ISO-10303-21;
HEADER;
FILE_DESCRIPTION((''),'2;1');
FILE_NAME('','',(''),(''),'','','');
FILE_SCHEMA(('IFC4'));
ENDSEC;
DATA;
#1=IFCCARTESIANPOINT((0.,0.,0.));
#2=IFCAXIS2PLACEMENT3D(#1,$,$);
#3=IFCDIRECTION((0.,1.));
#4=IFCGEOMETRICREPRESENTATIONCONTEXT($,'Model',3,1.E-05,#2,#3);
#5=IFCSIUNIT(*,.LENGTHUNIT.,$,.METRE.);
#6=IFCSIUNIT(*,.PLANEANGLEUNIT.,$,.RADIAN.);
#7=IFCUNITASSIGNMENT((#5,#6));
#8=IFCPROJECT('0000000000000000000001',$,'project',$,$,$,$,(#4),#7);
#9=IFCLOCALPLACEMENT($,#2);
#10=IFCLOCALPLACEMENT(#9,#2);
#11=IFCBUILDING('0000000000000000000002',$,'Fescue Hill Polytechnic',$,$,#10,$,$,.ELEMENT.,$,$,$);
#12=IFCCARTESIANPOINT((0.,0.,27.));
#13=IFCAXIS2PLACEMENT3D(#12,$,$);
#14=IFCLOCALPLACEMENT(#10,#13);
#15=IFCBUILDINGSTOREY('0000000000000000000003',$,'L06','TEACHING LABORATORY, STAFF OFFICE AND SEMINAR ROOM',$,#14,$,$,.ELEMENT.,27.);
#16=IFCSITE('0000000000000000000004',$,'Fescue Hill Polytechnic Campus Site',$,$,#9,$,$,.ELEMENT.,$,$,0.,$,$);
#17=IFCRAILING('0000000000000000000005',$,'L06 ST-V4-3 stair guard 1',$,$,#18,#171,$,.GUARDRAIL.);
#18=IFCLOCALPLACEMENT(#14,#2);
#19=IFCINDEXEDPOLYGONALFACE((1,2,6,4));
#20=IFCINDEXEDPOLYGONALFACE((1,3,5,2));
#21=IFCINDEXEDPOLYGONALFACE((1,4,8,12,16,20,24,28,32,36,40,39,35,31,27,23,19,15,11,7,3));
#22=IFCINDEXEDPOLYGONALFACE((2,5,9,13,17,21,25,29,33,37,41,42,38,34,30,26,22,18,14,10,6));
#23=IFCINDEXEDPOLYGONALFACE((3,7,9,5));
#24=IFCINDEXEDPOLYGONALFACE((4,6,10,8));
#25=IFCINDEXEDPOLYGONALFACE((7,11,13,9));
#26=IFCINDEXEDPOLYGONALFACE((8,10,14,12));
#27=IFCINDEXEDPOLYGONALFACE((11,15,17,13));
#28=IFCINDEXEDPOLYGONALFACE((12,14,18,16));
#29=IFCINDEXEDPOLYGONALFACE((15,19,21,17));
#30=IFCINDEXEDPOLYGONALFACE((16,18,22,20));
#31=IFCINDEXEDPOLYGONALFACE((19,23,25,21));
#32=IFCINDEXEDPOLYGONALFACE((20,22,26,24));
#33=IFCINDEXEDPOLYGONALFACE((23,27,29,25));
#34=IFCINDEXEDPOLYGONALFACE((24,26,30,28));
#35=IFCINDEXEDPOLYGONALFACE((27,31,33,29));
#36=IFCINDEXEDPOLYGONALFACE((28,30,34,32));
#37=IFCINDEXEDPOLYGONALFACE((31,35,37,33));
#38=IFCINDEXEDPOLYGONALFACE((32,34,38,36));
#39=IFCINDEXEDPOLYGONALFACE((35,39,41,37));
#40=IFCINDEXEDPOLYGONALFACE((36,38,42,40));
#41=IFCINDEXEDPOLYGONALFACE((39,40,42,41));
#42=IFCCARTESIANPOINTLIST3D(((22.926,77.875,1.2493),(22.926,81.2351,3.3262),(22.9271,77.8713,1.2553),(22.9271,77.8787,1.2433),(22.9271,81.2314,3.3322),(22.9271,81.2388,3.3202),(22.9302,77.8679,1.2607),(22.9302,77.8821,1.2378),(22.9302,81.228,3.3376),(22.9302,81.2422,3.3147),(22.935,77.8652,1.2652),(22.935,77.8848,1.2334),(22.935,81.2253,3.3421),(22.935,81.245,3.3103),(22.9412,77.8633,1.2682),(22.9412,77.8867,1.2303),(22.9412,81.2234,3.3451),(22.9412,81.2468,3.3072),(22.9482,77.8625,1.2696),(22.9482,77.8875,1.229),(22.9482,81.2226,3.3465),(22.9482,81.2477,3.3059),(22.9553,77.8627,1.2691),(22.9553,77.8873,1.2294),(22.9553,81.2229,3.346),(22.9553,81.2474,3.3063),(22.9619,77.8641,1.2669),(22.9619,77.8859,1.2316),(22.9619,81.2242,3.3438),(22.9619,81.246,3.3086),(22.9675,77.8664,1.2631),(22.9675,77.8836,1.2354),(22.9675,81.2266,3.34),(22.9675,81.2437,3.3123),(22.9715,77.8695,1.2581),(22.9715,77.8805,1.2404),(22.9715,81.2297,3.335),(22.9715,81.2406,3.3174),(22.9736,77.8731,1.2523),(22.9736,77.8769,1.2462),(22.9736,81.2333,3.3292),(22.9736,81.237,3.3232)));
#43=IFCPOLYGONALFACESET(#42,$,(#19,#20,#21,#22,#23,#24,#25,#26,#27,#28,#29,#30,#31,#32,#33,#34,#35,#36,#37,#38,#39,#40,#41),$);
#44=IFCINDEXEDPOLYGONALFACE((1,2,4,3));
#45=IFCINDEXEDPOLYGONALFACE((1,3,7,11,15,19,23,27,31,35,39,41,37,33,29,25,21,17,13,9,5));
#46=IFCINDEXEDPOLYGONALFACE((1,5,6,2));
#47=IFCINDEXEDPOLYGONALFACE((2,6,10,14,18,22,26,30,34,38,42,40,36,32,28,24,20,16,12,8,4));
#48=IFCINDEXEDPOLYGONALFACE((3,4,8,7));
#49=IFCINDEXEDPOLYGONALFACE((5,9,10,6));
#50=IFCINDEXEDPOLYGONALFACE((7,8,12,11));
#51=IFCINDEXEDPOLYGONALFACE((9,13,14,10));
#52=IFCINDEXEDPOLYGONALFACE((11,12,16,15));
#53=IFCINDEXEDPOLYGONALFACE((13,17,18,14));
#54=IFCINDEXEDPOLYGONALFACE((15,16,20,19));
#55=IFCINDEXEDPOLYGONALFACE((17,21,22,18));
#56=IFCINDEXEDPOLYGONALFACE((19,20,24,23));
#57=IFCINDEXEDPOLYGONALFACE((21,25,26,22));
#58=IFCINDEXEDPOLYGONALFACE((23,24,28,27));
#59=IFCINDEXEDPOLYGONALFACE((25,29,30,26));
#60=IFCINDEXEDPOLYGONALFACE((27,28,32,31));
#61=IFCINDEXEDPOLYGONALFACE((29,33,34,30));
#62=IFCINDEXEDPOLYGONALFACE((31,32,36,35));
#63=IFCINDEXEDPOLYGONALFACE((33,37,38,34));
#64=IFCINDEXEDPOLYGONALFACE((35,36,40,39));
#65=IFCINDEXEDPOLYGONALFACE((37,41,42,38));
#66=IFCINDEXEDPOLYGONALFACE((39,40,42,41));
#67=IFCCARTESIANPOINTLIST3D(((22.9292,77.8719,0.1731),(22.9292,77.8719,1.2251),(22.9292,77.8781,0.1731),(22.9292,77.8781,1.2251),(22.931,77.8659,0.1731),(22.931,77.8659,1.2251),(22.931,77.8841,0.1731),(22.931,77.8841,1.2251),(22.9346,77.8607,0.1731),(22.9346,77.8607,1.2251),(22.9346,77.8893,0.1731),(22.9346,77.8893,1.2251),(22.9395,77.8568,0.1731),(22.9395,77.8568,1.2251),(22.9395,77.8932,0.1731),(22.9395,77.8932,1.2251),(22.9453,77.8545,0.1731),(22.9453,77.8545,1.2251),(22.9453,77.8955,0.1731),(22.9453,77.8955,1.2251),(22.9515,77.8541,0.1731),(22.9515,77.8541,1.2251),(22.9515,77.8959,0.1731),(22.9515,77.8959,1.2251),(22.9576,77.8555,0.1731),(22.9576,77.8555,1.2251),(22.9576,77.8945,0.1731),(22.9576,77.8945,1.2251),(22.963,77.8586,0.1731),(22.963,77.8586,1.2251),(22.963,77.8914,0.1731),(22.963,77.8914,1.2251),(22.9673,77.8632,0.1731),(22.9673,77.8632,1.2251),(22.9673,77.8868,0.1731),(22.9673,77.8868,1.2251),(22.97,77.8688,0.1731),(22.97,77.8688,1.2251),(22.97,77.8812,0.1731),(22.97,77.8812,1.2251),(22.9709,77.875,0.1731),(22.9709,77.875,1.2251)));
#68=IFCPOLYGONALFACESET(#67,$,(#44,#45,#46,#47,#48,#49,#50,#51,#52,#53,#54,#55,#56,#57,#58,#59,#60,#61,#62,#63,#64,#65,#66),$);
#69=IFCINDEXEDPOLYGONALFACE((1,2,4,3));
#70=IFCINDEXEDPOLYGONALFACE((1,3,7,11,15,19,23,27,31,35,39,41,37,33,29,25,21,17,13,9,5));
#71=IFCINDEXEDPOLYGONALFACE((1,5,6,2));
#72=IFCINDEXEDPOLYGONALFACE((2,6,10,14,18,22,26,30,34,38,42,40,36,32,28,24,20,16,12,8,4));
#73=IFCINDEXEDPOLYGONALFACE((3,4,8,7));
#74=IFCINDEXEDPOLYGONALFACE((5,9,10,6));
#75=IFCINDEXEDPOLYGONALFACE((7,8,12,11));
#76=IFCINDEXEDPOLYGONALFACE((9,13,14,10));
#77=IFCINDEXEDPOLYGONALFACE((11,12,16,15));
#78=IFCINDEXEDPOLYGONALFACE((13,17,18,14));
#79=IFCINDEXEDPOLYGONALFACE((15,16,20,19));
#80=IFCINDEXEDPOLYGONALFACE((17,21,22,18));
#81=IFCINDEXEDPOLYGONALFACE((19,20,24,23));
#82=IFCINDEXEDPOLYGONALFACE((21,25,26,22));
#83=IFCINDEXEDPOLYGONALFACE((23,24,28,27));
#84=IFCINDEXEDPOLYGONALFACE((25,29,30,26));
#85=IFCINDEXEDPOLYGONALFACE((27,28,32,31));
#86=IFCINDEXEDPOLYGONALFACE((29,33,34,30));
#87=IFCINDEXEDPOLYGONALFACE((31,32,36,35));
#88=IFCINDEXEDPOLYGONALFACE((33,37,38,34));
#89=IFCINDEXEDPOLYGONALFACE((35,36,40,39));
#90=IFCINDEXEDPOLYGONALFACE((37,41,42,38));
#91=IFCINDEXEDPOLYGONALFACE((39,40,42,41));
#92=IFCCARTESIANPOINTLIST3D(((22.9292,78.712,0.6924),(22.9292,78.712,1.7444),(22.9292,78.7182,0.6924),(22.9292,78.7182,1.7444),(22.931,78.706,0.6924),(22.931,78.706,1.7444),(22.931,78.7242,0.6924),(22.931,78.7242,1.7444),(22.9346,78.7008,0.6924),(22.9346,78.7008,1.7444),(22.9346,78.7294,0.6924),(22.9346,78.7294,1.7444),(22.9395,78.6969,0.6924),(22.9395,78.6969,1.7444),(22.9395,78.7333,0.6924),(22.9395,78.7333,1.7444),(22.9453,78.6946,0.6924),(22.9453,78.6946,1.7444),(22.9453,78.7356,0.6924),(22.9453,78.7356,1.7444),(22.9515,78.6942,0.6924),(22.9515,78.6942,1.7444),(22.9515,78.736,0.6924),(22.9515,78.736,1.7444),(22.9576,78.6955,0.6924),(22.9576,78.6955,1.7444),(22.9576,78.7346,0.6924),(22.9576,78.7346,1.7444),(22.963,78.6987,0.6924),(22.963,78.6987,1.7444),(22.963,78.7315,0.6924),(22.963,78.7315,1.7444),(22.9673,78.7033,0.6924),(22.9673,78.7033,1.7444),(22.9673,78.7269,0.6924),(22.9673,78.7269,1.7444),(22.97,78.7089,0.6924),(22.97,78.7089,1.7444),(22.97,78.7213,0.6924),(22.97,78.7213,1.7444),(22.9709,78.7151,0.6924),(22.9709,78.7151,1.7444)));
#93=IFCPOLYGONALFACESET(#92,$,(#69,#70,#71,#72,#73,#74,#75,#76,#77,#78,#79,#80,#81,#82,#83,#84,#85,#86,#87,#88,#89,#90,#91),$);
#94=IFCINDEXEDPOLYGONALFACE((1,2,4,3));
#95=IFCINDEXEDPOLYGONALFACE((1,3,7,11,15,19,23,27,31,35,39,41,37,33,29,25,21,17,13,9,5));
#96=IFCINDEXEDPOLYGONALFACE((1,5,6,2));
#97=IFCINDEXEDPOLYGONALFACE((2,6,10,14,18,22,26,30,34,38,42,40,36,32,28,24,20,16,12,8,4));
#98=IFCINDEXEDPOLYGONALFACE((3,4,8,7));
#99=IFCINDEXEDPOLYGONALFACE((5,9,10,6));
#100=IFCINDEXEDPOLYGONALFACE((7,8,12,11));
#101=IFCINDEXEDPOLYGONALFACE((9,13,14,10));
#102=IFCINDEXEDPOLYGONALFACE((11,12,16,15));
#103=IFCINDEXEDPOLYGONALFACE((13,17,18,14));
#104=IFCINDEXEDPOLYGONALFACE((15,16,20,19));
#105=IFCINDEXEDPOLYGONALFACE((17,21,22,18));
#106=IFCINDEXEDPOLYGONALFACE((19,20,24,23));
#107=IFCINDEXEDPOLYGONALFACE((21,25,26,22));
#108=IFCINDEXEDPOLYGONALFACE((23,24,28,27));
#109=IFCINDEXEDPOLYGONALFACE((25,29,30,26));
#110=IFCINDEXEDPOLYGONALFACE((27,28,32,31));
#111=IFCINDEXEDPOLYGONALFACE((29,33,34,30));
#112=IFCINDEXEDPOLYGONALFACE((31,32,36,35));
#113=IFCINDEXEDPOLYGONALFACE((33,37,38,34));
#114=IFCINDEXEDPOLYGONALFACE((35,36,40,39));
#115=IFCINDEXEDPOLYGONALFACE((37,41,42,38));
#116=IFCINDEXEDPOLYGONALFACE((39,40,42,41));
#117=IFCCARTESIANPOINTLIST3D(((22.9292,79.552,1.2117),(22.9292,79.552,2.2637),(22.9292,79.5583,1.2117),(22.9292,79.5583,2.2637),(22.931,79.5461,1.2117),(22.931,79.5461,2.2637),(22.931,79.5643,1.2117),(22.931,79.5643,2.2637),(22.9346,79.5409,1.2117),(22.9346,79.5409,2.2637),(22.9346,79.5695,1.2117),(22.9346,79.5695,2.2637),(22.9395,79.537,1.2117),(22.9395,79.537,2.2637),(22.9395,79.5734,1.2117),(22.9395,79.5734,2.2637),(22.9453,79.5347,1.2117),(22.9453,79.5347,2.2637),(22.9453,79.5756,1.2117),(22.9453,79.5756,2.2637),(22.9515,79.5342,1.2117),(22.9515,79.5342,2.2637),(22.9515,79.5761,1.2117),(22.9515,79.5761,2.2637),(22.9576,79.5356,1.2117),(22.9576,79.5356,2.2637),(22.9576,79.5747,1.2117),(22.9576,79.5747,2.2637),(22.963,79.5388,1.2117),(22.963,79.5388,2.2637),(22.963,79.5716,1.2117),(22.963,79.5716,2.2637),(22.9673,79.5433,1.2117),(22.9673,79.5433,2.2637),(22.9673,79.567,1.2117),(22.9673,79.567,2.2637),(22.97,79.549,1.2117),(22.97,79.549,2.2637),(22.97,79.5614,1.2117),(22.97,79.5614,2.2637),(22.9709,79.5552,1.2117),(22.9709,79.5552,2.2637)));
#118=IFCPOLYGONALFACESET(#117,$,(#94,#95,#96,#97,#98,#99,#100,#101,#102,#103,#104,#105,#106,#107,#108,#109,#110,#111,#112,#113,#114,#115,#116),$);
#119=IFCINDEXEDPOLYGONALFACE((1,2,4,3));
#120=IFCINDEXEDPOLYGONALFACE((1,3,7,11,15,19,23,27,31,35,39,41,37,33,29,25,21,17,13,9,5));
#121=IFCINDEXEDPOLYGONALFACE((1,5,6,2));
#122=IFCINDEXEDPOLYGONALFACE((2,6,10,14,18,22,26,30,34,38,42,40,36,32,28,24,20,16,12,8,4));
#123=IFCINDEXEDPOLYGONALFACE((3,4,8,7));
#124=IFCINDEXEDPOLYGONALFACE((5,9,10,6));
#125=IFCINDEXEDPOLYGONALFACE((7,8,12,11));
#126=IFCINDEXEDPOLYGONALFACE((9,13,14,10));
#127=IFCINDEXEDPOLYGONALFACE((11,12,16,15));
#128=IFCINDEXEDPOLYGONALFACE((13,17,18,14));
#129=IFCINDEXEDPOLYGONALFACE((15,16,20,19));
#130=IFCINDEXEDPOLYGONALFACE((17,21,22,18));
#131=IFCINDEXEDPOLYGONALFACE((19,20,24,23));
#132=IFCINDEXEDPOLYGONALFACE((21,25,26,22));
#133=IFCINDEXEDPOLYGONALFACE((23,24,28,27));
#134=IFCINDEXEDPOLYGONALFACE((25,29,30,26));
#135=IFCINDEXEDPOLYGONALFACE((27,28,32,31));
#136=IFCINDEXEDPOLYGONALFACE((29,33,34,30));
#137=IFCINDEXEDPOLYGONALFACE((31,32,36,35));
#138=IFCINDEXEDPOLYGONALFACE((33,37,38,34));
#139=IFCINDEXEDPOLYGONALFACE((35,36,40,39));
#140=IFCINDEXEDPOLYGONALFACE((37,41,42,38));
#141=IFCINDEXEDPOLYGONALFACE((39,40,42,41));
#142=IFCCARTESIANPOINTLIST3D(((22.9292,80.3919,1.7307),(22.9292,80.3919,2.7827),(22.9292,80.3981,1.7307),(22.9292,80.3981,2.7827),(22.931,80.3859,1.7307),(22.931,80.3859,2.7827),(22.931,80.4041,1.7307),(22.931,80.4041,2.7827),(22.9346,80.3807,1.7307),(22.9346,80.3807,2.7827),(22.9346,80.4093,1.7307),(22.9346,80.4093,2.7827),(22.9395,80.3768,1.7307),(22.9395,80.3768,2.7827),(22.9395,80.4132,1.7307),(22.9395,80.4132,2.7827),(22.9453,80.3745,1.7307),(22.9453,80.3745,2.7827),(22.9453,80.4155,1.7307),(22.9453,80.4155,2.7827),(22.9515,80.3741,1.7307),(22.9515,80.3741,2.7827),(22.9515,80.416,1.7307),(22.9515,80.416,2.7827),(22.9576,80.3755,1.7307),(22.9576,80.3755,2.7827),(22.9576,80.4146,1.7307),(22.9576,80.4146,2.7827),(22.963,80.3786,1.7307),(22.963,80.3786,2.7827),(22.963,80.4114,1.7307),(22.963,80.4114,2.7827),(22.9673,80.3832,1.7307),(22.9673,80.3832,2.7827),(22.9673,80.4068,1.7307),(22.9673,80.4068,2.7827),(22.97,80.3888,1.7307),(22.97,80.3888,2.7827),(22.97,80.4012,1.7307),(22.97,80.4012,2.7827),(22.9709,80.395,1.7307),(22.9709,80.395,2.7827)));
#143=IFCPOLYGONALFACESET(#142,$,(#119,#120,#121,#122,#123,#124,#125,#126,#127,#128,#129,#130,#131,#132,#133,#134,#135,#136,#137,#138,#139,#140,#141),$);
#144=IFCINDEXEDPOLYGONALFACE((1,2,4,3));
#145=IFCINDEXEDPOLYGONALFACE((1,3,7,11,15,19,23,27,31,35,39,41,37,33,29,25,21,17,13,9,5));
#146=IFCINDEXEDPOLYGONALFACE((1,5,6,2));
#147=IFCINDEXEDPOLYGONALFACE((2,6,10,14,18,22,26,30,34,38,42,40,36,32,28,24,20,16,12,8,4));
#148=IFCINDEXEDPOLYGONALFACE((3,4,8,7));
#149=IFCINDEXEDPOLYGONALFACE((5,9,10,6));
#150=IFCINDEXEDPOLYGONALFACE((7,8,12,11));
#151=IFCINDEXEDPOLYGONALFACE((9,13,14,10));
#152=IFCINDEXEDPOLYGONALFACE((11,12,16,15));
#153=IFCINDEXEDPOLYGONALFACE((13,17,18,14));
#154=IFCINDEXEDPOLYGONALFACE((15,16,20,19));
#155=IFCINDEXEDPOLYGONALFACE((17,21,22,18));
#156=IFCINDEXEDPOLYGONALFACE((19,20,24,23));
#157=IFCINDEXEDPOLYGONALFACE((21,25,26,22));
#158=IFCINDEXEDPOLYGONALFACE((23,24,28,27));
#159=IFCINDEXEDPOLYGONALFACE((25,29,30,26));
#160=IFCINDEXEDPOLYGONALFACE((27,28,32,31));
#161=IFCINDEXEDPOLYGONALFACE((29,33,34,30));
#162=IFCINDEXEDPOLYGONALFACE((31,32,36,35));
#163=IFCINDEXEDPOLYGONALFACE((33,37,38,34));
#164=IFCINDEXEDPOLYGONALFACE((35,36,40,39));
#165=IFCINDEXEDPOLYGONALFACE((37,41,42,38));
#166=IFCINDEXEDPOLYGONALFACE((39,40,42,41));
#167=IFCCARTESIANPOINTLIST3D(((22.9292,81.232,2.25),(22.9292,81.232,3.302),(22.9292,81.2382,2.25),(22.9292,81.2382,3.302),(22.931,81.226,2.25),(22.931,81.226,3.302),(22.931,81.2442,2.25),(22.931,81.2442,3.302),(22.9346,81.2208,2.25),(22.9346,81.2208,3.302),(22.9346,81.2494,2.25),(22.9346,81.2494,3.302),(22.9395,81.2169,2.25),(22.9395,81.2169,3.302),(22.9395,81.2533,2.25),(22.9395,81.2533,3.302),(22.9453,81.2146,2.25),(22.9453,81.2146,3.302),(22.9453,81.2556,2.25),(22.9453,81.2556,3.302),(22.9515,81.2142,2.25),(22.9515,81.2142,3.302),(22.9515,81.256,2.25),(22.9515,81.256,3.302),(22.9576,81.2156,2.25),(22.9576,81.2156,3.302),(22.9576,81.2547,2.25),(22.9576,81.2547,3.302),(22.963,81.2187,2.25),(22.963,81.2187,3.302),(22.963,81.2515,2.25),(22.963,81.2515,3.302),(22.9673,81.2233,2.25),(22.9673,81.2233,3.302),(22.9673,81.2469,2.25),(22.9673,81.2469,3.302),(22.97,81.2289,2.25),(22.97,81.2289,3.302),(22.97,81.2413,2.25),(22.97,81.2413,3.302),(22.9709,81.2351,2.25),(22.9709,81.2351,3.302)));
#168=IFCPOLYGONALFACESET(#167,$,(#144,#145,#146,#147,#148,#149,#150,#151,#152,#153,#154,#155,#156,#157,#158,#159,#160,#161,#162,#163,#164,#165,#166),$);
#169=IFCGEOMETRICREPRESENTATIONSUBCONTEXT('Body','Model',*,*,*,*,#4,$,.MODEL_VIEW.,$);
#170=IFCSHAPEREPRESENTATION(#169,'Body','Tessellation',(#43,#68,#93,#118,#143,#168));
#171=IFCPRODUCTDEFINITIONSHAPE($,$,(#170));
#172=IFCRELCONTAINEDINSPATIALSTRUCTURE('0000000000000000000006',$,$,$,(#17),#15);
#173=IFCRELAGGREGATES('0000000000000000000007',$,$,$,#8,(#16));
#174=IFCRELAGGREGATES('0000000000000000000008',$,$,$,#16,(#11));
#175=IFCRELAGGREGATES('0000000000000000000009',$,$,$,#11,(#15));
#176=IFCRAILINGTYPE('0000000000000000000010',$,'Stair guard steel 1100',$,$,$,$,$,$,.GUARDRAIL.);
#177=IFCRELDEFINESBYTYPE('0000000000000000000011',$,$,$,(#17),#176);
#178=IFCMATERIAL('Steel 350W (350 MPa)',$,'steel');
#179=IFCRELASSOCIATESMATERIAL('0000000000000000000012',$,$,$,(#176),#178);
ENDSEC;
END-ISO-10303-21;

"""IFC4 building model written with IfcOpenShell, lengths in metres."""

from ifc_helpers import new_model, si_unit, direction, frame, origin, origin_2d, place, context, subcontext, project, spatial, circle, extrude, material, type_object, element, save


model = new_model("IFC4")

# Units and contexts
model_context = context("Model", 3, precision=1e-05, world=origin(), true_north=direction((0.0, 1.0)))
body_context = subcontext(model_context, "Body", "Model", "MODEL_VIEW")
ifc_project = project(units=[si_unit("LENGTHUNIT", "METRE"), si_unit("PLANEANGLEUNIT", "RADIAN")], contexts=[model_context])

# Site, building, storey
site_placement = place(None, origin())
site = spatial("IfcSite", under=ifc_project, at=site_placement, Name="Fescue Hill Polytechnic Campus Site", CompositionType="ELEMENT", RefElevation=0.0)
building_placement = place(site_placement, origin())
building = spatial("IfcBuilding", under=site, at=building_placement, Name="Fescue Hill Polytechnic", CompositionType="ELEMENT")
storey_placement = place(building_placement, frame((0.0, 0.0, 27.0)))
storey = spatial("IfcBuildingStorey", under=building, at=storey_placement, Name="L06", Description="TEACHING LABORATORY, STAFF OFFICE AND SEMINAR ROOM", CompositionType="ELEMENT", Elevation=27.0)

# Railing
ifc_material_1 = material(Name="Steel 350W (350 MPa)", Category="steel")
railing_type_1 = type_object("IfcRailingType", Name="Stair guard steel 1100", PredefinedType="GUARDRAIL", material=ifc_material_1)
railing_1_placement = place(storey_placement, frame((22.95, 77.875, 0.1731)))
element("IfcRailing", 1, at=railing_1_placement, inside=storey, type_object=railing_type_1, Name="L06 ST-V4-3 stair guard 1", PredefinedType="GUARDRAIL", context=body_context, shape_type="SweptSolid", body=[
    extrude(circle(Radius=0.0239, at=origin_2d()), frame((0.0, 0.0, 1.0762), z_axis=(0.0, 0.850623, 0.525776), x_axis=(-1.0, 0.0, 0.0)), (0.0, 0.0, 1.0), 3.9502),
    extrude(circle(Radius=0.021, at=origin_2d()), origin(), (0.0, 0.0, 1.0), 1.052),
    extrude(circle(Radius=0.021, at=origin_2d()), frame((0.0, 0.8401, 0.5193)), (0.0, 0.0, 1.0), 1.052),
    extrude(circle(Radius=0.021, at=origin_2d()), frame((0.0, 1.6802, 1.0386)), (0.0, 0.0, 1.0), 1.052),
    extrude(circle(Radius=0.021, at=origin_2d()), frame((0.0, 2.52, 1.5576)), (0.0, 0.0, 1.0), 1.052),
    extrude(circle(Radius=0.021, at=origin_2d()), frame((0.0, 3.3601, 2.0769)), (0.0, 0.0, 1.0), 1.052),
])

save(model, "model.ifc")
